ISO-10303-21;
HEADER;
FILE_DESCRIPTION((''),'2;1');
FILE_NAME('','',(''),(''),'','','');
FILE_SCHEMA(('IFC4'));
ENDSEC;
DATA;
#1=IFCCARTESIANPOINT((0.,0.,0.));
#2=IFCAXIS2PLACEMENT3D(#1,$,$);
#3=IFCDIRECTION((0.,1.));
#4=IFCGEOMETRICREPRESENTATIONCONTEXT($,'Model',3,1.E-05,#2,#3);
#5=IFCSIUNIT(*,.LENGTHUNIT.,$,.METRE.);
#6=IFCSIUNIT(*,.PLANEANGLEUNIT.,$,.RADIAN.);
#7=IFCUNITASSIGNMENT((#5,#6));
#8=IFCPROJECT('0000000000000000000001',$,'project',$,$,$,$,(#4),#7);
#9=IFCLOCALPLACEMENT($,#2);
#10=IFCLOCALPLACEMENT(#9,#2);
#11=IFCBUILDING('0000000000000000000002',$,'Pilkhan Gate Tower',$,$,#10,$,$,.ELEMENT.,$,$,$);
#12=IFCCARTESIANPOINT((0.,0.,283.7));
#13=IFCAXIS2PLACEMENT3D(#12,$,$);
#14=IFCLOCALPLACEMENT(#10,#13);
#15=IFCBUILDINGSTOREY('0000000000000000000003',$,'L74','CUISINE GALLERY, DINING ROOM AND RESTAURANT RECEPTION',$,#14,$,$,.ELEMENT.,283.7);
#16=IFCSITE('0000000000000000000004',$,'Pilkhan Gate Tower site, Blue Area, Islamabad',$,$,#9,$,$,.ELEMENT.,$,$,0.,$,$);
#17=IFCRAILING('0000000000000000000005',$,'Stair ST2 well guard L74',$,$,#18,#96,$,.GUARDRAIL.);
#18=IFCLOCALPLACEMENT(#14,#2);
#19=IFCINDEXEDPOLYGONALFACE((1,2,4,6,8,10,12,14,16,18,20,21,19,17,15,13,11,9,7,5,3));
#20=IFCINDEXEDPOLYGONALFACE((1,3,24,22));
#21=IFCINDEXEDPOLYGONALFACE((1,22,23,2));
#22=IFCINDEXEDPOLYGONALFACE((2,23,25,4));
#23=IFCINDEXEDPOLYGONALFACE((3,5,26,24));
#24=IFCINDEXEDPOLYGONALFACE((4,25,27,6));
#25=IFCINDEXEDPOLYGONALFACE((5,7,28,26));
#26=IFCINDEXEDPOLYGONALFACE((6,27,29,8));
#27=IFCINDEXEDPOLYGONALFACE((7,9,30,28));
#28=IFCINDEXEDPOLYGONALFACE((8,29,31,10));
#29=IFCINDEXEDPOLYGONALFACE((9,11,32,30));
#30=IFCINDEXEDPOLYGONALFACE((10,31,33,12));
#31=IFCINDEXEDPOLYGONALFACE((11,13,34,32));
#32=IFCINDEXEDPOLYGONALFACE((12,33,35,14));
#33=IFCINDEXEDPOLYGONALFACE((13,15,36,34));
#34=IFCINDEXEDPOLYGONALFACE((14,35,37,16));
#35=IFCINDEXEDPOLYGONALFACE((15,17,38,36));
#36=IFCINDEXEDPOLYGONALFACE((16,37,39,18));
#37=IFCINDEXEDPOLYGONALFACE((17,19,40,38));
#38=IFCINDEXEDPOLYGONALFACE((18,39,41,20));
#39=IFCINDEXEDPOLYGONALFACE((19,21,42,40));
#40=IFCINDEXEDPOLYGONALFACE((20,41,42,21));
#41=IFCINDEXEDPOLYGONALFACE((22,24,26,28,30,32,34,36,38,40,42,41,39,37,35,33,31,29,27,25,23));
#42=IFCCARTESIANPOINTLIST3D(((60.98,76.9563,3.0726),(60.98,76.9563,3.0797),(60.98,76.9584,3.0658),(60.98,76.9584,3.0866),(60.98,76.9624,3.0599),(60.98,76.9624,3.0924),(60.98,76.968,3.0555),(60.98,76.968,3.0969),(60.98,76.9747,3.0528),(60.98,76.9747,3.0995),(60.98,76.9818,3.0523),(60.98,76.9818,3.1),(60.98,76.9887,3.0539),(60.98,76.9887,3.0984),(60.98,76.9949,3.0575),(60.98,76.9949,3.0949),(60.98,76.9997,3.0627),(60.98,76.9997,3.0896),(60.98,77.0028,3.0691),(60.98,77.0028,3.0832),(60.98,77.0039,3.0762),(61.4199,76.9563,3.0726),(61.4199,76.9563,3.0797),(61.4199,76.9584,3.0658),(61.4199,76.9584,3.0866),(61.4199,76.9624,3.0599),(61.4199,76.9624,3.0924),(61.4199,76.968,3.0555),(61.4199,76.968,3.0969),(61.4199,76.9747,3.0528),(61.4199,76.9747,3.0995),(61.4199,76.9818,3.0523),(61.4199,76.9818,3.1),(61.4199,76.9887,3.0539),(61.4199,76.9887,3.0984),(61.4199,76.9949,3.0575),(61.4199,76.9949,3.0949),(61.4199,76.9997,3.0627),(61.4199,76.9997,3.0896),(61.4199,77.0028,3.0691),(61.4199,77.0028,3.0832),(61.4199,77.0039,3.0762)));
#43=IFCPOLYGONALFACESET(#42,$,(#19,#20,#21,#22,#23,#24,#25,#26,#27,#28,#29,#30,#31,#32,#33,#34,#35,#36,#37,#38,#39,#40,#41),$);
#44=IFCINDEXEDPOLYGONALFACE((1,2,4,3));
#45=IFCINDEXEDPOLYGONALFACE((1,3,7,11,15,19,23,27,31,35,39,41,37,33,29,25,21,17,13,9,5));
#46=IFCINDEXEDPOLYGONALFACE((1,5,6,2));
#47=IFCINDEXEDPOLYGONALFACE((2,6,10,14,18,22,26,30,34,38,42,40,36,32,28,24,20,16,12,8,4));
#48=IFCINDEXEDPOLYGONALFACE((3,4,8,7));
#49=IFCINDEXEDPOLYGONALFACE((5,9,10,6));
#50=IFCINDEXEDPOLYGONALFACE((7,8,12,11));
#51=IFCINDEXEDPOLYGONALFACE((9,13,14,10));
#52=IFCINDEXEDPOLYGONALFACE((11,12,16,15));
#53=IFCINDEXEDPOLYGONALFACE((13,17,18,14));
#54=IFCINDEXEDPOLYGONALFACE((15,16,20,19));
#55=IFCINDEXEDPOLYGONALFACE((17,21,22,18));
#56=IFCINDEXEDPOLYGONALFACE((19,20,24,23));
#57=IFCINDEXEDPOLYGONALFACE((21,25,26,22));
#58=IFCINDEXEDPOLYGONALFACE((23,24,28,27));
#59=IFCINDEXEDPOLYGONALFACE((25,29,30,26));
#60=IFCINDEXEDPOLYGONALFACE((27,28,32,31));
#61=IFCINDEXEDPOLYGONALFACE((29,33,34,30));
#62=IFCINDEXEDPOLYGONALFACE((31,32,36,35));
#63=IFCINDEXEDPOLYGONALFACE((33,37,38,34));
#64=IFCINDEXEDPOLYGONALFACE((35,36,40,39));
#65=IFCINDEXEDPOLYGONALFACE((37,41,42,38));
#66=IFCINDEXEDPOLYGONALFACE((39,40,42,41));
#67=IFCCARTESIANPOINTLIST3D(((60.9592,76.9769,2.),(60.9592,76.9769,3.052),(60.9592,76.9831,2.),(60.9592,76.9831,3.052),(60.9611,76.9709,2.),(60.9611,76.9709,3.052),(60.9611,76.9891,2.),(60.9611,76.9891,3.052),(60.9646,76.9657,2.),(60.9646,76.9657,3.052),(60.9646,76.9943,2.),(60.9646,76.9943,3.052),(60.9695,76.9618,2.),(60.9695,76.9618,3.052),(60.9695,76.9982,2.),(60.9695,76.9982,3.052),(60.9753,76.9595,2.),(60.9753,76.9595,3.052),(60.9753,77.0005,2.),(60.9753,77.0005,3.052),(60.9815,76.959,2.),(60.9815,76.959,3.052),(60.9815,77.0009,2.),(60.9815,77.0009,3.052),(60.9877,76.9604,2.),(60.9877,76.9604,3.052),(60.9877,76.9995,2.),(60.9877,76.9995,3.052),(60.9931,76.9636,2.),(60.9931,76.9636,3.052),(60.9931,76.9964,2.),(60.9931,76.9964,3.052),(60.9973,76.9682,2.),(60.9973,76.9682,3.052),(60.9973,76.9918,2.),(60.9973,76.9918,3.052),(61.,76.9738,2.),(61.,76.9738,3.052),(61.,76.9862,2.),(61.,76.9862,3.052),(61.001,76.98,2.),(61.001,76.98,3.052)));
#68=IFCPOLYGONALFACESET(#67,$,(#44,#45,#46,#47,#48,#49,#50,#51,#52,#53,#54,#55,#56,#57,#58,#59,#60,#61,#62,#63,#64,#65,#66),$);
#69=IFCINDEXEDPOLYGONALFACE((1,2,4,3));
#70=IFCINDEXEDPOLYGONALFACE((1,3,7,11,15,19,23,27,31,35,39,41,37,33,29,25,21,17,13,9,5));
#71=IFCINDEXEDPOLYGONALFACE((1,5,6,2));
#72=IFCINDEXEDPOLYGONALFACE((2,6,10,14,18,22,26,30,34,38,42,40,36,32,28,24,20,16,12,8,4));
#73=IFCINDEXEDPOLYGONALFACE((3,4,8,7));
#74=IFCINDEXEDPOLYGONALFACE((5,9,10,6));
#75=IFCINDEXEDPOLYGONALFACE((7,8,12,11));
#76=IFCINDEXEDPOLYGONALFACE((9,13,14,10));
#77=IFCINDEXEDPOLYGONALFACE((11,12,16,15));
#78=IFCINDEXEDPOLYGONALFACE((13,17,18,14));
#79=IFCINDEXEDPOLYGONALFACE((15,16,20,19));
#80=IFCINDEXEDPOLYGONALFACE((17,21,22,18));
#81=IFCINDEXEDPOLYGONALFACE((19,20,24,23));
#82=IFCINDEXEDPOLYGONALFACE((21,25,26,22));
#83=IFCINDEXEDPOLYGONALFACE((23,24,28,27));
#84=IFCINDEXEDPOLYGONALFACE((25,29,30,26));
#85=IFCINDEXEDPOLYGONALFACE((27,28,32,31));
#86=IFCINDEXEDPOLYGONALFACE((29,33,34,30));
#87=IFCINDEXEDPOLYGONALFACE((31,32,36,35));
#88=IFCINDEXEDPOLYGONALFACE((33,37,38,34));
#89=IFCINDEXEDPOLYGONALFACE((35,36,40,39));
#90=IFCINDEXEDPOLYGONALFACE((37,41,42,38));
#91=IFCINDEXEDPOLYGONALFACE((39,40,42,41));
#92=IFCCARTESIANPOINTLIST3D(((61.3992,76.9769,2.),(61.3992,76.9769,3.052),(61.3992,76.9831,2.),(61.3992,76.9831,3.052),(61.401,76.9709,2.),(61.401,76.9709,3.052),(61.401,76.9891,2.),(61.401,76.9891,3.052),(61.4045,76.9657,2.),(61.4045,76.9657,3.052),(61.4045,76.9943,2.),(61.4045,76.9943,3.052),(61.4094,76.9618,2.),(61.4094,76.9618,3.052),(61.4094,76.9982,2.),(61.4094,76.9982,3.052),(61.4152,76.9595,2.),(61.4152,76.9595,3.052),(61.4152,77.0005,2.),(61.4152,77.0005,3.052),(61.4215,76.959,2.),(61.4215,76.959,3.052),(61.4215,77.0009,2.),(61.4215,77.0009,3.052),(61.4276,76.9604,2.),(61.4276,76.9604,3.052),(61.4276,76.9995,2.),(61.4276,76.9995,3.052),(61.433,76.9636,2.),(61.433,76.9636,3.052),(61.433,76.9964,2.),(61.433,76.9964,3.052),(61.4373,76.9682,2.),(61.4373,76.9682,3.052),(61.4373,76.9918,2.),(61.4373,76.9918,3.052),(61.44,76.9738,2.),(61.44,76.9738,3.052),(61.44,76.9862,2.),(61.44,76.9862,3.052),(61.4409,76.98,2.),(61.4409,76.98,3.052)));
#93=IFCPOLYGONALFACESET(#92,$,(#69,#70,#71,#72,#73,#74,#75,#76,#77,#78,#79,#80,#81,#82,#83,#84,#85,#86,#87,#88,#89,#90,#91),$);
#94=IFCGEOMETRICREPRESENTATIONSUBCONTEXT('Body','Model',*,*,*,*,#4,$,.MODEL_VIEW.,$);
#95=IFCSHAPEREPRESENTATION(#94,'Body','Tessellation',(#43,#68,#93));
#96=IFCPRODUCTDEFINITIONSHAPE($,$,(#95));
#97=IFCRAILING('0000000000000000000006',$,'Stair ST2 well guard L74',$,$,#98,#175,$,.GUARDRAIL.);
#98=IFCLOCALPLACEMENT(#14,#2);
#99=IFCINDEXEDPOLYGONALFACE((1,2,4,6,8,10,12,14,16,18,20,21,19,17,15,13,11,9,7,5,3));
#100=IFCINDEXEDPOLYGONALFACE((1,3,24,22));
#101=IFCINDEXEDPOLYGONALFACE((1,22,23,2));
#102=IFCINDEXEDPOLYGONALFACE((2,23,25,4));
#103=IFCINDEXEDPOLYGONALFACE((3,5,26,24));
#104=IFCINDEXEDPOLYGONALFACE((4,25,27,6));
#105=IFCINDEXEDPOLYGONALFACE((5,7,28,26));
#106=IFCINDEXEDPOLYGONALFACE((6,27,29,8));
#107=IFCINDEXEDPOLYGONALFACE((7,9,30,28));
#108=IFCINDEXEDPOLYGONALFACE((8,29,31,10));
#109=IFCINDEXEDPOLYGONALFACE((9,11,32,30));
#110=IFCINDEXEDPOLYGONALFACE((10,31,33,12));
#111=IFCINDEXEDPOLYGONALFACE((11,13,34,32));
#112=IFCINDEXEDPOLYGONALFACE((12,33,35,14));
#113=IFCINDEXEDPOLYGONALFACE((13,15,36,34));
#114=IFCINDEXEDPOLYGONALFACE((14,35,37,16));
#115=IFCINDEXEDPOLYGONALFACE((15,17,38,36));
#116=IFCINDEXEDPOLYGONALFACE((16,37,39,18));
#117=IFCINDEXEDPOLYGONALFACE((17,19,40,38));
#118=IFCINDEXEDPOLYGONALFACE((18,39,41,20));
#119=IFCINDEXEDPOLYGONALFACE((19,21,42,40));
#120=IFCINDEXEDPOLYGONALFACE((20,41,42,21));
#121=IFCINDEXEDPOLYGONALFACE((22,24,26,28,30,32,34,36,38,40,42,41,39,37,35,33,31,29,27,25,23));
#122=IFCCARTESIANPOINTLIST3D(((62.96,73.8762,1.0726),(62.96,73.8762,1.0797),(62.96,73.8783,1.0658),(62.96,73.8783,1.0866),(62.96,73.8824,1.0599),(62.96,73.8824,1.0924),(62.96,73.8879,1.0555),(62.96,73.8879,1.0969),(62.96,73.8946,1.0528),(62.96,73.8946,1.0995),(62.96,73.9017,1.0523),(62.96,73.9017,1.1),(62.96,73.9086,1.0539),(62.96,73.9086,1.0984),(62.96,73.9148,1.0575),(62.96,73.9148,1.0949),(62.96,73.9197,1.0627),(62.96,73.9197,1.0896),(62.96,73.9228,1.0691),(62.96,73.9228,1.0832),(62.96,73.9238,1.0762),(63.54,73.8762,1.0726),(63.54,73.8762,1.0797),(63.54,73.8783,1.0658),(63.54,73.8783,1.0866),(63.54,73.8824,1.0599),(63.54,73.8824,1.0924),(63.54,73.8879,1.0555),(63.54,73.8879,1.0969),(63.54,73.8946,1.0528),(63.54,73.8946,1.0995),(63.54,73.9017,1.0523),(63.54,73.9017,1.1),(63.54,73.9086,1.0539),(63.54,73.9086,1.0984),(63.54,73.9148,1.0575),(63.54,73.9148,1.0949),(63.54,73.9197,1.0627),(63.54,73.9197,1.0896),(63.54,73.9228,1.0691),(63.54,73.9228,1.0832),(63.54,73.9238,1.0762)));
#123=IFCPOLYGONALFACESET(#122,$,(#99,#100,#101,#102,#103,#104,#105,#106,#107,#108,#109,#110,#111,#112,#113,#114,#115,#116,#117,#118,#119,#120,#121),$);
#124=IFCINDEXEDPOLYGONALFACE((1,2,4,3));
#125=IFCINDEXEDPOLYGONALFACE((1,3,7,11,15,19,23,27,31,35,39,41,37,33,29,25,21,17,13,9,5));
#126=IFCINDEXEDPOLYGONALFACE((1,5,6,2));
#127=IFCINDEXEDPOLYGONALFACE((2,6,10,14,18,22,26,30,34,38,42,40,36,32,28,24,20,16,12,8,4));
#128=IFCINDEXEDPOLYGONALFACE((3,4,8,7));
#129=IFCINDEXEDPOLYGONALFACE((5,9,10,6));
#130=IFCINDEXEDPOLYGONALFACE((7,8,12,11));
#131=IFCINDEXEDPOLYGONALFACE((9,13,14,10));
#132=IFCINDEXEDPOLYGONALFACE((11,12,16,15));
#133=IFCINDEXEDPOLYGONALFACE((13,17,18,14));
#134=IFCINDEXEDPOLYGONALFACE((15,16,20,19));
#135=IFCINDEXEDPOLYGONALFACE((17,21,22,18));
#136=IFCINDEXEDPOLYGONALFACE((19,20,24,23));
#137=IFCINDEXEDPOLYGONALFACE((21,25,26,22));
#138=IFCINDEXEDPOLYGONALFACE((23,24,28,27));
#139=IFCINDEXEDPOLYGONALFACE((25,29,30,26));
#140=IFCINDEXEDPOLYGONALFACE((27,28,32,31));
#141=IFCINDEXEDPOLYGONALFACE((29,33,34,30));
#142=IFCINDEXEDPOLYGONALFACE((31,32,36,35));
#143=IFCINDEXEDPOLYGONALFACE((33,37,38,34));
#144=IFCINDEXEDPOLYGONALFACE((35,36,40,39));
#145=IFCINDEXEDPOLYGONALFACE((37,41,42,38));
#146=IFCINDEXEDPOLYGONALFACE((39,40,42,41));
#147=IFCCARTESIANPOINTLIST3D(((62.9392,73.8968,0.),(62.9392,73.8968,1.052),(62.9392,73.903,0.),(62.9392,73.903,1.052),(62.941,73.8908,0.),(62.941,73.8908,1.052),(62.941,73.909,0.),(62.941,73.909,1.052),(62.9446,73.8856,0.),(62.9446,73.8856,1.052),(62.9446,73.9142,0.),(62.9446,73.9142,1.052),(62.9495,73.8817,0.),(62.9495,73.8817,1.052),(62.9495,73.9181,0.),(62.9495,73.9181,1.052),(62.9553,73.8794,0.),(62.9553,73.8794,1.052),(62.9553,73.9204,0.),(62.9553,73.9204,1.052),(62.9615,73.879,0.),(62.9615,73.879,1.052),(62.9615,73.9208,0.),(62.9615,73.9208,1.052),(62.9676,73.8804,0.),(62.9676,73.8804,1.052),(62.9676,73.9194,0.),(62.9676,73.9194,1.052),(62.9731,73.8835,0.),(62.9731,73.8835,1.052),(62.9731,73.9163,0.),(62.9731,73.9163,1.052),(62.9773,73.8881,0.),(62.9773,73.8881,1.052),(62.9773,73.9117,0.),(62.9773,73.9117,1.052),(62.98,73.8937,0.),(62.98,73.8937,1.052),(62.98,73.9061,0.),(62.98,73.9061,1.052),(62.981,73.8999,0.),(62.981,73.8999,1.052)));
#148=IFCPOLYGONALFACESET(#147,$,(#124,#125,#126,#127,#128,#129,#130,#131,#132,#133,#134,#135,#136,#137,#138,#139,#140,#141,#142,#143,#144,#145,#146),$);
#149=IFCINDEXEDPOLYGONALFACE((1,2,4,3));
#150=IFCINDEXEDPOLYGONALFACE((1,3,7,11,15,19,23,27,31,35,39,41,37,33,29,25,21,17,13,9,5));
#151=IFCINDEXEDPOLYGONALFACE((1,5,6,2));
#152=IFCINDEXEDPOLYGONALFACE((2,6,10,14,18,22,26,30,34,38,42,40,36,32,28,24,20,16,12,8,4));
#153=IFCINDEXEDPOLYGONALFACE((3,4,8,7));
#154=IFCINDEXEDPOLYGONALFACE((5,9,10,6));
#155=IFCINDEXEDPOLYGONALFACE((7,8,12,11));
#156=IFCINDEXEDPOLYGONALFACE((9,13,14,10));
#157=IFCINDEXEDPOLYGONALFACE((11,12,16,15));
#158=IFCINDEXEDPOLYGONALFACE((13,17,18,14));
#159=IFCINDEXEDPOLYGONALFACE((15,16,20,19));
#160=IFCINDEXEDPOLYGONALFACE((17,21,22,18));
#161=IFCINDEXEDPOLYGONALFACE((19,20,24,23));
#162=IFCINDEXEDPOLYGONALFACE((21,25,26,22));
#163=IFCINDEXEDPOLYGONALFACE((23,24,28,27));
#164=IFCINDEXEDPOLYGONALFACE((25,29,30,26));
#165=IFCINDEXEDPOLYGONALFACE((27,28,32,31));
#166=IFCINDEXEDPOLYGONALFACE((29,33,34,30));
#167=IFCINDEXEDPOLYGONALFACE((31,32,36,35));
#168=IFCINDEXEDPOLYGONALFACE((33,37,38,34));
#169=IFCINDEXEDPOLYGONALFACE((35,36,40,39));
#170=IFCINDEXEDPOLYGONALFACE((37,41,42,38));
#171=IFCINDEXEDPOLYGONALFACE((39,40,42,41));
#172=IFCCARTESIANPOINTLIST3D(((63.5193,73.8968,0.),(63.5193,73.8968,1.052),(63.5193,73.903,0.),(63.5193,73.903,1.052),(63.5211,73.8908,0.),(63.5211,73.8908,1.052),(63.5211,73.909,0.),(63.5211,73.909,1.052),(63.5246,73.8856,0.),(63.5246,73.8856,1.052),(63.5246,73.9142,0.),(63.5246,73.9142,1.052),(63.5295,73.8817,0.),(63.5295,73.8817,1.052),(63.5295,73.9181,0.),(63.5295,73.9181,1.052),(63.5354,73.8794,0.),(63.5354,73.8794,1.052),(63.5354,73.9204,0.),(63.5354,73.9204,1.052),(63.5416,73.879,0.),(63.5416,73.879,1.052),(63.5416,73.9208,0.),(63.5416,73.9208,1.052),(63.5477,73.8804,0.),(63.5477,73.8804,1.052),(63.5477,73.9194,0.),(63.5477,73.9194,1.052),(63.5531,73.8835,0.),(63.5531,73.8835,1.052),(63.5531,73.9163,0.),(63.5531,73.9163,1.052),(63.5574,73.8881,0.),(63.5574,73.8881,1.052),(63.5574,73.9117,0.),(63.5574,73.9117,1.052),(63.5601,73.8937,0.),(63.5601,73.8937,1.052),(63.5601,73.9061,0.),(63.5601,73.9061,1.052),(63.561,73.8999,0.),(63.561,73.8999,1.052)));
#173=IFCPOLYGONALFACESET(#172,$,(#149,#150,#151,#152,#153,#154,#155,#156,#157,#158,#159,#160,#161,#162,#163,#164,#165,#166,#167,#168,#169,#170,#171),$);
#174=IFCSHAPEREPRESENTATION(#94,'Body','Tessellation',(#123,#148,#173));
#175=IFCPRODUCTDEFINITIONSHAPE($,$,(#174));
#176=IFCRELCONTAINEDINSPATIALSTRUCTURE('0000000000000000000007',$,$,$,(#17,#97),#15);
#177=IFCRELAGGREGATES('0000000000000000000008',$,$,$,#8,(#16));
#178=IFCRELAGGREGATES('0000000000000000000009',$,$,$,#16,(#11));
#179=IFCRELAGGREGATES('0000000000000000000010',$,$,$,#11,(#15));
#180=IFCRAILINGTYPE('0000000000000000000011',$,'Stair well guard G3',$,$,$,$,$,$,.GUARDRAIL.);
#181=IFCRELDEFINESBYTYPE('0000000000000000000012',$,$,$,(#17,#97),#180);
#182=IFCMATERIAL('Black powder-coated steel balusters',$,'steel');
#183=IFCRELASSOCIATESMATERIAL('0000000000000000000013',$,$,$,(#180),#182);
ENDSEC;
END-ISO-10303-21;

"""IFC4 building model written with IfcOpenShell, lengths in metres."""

from ifc_helpers import new_model, si_unit, direction, frame, origin, origin_2d, place, context, subcontext, project, spatial, circle, extrude, material, type_object, element, save


model = new_model("IFC4")

# Units and contexts
model_context = context("Model", 3, precision=1e-05, world=origin(), true_north=direction((0.0, 1.0)))
body_context = subcontext(model_context, "Body", "Model", "MODEL_VIEW")
ifc_project = project(units=[si_unit("LENGTHUNIT", "METRE"), si_unit("PLANEANGLEUNIT", "RADIAN")], contexts=[model_context])

# Site, building, storey
site_placement = place(None, origin())
site = spatial("IfcSite", under=ifc_project, at=site_placement, Name="Pilkhan Gate Tower site, Blue Area, Islamabad", CompositionType="ELEMENT", RefElevation=0.0)
building_placement = place(site_placement, origin())
building = spatial("IfcBuilding", under=site, at=building_placement, Name="Pilkhan Gate Tower", CompositionType="ELEMENT")
storey_placement = place(building_placement, frame((0.0, 0.0, 283.7)))
storey = spatial("IfcBuildingStorey", under=building, at=storey_placement, Name="L74", Description="CUISINE GALLERY, DINING ROOM AND RESTAURANT RECEPTION", CompositionType="ELEMENT", Elevation=283.7)

# Railings
ifc_material_1 = material(Name="Black powder-coated steel balusters", Category="steel")
railing_type_1 = type_object("IfcRailingType", Name="Stair well guard G3", PredefinedType="GUARDRAIL", material=ifc_material_1)
railing_1_placement = place(storey_placement, frame((60.98, 76.98, 2.0)))
element("IfcRailing", 1, at=railing_1_placement, inside=storey, type_object=railing_type_1, Name="Stair ST2 well guard L74", PredefinedType="GUARDRAIL", context=body_context, shape_type="SweptSolid", body=[
    extrude(circle(Radius=0.0239, at=origin_2d()), frame((0.0, 0.0, 1.0762), z_axis=(1.0, 0.0, 0.0), x_axis=(0.0, 1.0, 0.0)), (0.0, 0.0, 1.0), 0.4399),
    extrude(circle(Radius=0.021, at=origin_2d()), origin(), (0.0, 0.0, 1.0), 1.052),
    extrude(circle(Radius=0.021, at=origin_2d()), frame((0.4399, 0.0, 0.0)), (0.0, 0.0, 1.0), 1.052),
])
for number, where, name in (
    (2, (62.96, 73.8999, 0.0), "Stair ST2 well guard L74"),
):
    element("IfcRailing", number, at=place(storey_placement, frame(where)), inside=storey, type_object=railing_type_1, Name=name, PredefinedType="GUARDRAIL", context=body_context, shape_type="SweptSolid", body=[
        extrude(circle(Radius=0.0239, at=origin_2d()), frame((0.0, 0.0, 1.0762), z_axis=(1.0, 0.0, 0.0), x_axis=(0.0, 1.0, 0.0)), (0.0, 0.0, 1.0), 0.5801),
        extrude(circle(Radius=0.021, at=origin_2d()), origin(), (0.0, 0.0, 1.0), 1.052),
        extrude(circle(Radius=0.021, at=origin_2d()), frame((0.5801, 0.0, 0.0)), (0.0, 0.0, 1.0), 1.052),
    ])

save(model, "model.ifc")
